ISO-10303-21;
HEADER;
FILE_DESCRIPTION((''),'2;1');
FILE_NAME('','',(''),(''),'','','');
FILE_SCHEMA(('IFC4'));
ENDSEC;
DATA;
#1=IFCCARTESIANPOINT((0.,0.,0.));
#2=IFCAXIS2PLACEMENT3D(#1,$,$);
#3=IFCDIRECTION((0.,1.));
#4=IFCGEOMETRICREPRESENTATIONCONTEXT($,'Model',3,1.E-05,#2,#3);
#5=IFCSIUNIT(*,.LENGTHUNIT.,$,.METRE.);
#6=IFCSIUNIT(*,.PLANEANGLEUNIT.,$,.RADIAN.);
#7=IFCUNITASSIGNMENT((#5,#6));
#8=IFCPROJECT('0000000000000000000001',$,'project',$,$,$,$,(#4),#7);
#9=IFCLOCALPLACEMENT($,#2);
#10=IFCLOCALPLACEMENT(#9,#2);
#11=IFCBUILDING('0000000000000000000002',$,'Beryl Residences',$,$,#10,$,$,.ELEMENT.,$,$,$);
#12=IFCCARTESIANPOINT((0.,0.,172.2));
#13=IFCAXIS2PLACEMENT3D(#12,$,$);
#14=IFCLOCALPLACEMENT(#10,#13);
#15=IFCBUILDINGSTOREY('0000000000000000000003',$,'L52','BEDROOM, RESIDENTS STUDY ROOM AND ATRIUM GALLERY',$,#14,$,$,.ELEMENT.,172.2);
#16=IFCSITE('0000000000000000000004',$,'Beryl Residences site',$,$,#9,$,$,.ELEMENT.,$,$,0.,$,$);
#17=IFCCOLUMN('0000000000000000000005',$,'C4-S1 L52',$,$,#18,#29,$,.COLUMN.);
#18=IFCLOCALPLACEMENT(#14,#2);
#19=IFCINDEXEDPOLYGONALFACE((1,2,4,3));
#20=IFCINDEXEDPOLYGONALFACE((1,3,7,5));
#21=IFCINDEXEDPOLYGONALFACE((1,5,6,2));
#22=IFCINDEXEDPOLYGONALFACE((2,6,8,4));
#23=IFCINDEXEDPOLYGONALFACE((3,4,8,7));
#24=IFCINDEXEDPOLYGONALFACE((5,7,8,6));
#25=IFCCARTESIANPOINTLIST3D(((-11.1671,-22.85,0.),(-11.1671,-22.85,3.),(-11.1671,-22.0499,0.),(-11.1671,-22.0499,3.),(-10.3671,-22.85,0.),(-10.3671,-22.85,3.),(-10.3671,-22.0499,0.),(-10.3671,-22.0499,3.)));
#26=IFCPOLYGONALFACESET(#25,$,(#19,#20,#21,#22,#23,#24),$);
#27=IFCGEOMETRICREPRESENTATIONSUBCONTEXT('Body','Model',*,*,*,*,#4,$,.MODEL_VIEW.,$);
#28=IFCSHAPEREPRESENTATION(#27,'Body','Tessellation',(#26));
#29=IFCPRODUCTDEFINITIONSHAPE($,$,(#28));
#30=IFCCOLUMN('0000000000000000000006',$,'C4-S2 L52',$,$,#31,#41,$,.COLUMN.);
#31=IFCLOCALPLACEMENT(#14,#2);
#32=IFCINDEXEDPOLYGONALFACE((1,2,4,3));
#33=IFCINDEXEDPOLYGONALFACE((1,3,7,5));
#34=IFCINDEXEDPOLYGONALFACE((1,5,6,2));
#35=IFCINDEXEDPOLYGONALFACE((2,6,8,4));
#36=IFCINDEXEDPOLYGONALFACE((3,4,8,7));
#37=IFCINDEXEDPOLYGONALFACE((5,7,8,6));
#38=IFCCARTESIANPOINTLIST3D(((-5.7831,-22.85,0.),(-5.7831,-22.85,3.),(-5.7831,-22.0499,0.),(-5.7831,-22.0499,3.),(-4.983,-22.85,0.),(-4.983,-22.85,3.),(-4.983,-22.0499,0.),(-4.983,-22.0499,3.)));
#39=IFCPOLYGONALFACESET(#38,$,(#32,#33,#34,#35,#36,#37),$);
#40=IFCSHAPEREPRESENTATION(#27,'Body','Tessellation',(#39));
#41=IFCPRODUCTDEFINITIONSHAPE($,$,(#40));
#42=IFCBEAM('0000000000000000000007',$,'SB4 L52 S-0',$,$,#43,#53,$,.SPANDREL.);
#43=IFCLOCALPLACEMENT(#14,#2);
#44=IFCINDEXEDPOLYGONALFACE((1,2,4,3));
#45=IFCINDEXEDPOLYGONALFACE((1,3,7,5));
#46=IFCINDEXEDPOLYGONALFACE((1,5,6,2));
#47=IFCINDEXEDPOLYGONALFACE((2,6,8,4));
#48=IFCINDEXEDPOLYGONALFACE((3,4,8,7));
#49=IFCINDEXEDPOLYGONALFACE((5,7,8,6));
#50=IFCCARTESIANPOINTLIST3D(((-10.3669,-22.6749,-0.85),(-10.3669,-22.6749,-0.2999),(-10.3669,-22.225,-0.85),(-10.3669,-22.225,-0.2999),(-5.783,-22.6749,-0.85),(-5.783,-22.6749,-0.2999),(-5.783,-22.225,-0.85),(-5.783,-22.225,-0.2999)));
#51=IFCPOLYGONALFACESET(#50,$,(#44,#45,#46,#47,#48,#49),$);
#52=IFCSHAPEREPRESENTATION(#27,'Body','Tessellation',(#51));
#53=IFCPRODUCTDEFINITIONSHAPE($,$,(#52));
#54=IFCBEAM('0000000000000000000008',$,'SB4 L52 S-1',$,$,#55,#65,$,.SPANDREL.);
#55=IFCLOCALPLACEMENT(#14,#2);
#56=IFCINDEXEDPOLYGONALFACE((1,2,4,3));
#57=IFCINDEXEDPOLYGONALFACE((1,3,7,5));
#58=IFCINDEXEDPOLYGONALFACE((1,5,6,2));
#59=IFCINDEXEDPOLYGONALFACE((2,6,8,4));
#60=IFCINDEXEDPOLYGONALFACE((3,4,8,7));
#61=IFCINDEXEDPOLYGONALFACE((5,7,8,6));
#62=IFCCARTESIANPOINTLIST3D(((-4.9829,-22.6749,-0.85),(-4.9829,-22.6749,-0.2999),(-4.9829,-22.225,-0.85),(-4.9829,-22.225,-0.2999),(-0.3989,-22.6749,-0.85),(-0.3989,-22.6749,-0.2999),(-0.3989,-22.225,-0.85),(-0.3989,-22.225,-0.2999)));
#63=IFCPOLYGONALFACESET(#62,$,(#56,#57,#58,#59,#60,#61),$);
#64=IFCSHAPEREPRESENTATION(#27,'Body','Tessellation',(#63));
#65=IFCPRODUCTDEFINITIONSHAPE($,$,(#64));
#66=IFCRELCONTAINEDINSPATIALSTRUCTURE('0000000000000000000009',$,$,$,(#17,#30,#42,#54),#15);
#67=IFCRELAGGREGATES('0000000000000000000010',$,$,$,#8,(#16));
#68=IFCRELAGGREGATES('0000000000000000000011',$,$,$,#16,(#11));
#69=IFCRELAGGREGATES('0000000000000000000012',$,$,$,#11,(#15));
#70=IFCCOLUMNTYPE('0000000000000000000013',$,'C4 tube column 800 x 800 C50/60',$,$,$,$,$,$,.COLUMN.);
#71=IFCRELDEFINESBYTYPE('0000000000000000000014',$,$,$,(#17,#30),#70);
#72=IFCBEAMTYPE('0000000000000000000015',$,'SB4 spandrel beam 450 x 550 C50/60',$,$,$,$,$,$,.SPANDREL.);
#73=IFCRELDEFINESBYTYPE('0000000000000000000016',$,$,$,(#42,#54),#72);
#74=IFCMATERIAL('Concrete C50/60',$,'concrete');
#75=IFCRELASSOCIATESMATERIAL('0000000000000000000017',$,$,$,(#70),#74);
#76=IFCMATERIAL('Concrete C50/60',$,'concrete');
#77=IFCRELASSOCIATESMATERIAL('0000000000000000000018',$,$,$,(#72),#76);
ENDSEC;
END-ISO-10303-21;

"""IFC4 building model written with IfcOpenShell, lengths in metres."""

from ifc_helpers import new_model, si_unit, direction, frame, origin, origin_2d, place, context, subcontext, project, spatial, rectangle, extrude, material, material_profile, profile_set, type_object, element, save


model = new_model("IFC4")

# Units and contexts
model_context = context("Model", 3, precision=1e-05, world=origin(), true_north=direction((0.0, 1.0)))
body_context = subcontext(model_context, "Body", "Model", "MODEL_VIEW")
ifc_project = project(units=[si_unit("LENGTHUNIT", "METRE"), si_unit("PLANEANGLEUNIT", "RADIAN")], contexts=[model_context])

# Site, building, storey
site_placement = place(None, origin())
site = spatial("IfcSite", under=ifc_project, at=site_placement, Name="Beryl Residences site", CompositionType="ELEMENT", RefElevation=0.0)
building_placement = place(site_placement, origin())
building = spatial("IfcBuilding", under=site, at=building_placement, Name="Beryl Residences", CompositionType="ELEMENT")
storey_placement = place(building_placement, frame((0.0, 0.0, 172.2)))
storey = spatial("IfcBuildingStorey", under=building, at=storey_placement, Name="L52", Description="BEDROOM, RESIDENTS STUDY ROOM AND ATRIUM GALLERY", CompositionType="ELEMENT", Elevation=172.2)

# Columns
ifc_material_1 = material(Name="Concrete C50/60", Category="concrete")
ifc_material_profile_1 = material_profile(ifc_material_1, rectangle(XDim=0.8, YDim=0.8, at=origin_2d()))
ifc_profile_set_1 = profile_set([ifc_material_profile_1], Name="Concrete C50/60")
column_type = type_object("IfcColumnType", Name="C4 tube column 800 x 800 C50/60", PredefinedType="COLUMN", material=ifc_profile_set_1)
for number, where, z_axis, x_axis, name in (
    (1, (-10.7671, -22.45, 0.0), (0.0, 0.0, 1.0), (1.0, 0.0, 0.0), "C4-S1 L52"),
    (2, (-5.3831, -22.45, 0.0), (0.0, 0.0, 1.0), (1.0, 0.0, 0.0), "C4-S2 L52"),
):
    element("IfcColumn", number, at=place(storey_placement, frame(where, z_axis=z_axis, x_axis=x_axis)), inside=storey, type_object=column_type, Name=name, PredefinedType="COLUMN", context=body_context, shape_type="SweptSolid", body=[
        extrude(rectangle(XDim=0.8, YDim=0.8, at=origin_2d()), origin(), (0.0, 0.0, 1.0), 3.0),
    ])

# Beams
ifc_material_2 = material(Name="Concrete C50/60", Category="concrete")
ifc_material_profile_2 = material_profile(ifc_material_2, rectangle(XDim=0.45, YDim=0.55, at=origin_2d()))
ifc_profile_set_2 = profile_set([ifc_material_profile_2], Name="Concrete C50/60")
beam_type = type_object("IfcBeamType", Name="SB4 spandrel beam 450 x 550 C50/60", PredefinedType="SPANDREL", material=ifc_profile_set_2)
for number, where, z_axis, x_axis, name in (
    (3, (-10.3669, -22.45, -0.575), (1.0, 0.0, 0.0), (0.0, 1.0, 0.0), "SB4 L52 S-0"),
    (4, (-4.9829, -22.45, -0.575), (1.0, 0.0, 0.0), (0.0, 1.0, 0.0), "SB4 L52 S-1"),
):
    element("IfcBeam", number, at=place(storey_placement, frame(where, z_axis=z_axis, x_axis=x_axis)), inside=storey, type_object=beam_type, Name=name, PredefinedType="SPANDREL", context=body_context, shape_type="SweptSolid", body=[
        extrude(rectangle(XDim=0.45, YDim=0.55, at=origin_2d()), origin(), (0.0, 0.0, 1.0), 4.584),
    ])

save(model, "model.ifc")
